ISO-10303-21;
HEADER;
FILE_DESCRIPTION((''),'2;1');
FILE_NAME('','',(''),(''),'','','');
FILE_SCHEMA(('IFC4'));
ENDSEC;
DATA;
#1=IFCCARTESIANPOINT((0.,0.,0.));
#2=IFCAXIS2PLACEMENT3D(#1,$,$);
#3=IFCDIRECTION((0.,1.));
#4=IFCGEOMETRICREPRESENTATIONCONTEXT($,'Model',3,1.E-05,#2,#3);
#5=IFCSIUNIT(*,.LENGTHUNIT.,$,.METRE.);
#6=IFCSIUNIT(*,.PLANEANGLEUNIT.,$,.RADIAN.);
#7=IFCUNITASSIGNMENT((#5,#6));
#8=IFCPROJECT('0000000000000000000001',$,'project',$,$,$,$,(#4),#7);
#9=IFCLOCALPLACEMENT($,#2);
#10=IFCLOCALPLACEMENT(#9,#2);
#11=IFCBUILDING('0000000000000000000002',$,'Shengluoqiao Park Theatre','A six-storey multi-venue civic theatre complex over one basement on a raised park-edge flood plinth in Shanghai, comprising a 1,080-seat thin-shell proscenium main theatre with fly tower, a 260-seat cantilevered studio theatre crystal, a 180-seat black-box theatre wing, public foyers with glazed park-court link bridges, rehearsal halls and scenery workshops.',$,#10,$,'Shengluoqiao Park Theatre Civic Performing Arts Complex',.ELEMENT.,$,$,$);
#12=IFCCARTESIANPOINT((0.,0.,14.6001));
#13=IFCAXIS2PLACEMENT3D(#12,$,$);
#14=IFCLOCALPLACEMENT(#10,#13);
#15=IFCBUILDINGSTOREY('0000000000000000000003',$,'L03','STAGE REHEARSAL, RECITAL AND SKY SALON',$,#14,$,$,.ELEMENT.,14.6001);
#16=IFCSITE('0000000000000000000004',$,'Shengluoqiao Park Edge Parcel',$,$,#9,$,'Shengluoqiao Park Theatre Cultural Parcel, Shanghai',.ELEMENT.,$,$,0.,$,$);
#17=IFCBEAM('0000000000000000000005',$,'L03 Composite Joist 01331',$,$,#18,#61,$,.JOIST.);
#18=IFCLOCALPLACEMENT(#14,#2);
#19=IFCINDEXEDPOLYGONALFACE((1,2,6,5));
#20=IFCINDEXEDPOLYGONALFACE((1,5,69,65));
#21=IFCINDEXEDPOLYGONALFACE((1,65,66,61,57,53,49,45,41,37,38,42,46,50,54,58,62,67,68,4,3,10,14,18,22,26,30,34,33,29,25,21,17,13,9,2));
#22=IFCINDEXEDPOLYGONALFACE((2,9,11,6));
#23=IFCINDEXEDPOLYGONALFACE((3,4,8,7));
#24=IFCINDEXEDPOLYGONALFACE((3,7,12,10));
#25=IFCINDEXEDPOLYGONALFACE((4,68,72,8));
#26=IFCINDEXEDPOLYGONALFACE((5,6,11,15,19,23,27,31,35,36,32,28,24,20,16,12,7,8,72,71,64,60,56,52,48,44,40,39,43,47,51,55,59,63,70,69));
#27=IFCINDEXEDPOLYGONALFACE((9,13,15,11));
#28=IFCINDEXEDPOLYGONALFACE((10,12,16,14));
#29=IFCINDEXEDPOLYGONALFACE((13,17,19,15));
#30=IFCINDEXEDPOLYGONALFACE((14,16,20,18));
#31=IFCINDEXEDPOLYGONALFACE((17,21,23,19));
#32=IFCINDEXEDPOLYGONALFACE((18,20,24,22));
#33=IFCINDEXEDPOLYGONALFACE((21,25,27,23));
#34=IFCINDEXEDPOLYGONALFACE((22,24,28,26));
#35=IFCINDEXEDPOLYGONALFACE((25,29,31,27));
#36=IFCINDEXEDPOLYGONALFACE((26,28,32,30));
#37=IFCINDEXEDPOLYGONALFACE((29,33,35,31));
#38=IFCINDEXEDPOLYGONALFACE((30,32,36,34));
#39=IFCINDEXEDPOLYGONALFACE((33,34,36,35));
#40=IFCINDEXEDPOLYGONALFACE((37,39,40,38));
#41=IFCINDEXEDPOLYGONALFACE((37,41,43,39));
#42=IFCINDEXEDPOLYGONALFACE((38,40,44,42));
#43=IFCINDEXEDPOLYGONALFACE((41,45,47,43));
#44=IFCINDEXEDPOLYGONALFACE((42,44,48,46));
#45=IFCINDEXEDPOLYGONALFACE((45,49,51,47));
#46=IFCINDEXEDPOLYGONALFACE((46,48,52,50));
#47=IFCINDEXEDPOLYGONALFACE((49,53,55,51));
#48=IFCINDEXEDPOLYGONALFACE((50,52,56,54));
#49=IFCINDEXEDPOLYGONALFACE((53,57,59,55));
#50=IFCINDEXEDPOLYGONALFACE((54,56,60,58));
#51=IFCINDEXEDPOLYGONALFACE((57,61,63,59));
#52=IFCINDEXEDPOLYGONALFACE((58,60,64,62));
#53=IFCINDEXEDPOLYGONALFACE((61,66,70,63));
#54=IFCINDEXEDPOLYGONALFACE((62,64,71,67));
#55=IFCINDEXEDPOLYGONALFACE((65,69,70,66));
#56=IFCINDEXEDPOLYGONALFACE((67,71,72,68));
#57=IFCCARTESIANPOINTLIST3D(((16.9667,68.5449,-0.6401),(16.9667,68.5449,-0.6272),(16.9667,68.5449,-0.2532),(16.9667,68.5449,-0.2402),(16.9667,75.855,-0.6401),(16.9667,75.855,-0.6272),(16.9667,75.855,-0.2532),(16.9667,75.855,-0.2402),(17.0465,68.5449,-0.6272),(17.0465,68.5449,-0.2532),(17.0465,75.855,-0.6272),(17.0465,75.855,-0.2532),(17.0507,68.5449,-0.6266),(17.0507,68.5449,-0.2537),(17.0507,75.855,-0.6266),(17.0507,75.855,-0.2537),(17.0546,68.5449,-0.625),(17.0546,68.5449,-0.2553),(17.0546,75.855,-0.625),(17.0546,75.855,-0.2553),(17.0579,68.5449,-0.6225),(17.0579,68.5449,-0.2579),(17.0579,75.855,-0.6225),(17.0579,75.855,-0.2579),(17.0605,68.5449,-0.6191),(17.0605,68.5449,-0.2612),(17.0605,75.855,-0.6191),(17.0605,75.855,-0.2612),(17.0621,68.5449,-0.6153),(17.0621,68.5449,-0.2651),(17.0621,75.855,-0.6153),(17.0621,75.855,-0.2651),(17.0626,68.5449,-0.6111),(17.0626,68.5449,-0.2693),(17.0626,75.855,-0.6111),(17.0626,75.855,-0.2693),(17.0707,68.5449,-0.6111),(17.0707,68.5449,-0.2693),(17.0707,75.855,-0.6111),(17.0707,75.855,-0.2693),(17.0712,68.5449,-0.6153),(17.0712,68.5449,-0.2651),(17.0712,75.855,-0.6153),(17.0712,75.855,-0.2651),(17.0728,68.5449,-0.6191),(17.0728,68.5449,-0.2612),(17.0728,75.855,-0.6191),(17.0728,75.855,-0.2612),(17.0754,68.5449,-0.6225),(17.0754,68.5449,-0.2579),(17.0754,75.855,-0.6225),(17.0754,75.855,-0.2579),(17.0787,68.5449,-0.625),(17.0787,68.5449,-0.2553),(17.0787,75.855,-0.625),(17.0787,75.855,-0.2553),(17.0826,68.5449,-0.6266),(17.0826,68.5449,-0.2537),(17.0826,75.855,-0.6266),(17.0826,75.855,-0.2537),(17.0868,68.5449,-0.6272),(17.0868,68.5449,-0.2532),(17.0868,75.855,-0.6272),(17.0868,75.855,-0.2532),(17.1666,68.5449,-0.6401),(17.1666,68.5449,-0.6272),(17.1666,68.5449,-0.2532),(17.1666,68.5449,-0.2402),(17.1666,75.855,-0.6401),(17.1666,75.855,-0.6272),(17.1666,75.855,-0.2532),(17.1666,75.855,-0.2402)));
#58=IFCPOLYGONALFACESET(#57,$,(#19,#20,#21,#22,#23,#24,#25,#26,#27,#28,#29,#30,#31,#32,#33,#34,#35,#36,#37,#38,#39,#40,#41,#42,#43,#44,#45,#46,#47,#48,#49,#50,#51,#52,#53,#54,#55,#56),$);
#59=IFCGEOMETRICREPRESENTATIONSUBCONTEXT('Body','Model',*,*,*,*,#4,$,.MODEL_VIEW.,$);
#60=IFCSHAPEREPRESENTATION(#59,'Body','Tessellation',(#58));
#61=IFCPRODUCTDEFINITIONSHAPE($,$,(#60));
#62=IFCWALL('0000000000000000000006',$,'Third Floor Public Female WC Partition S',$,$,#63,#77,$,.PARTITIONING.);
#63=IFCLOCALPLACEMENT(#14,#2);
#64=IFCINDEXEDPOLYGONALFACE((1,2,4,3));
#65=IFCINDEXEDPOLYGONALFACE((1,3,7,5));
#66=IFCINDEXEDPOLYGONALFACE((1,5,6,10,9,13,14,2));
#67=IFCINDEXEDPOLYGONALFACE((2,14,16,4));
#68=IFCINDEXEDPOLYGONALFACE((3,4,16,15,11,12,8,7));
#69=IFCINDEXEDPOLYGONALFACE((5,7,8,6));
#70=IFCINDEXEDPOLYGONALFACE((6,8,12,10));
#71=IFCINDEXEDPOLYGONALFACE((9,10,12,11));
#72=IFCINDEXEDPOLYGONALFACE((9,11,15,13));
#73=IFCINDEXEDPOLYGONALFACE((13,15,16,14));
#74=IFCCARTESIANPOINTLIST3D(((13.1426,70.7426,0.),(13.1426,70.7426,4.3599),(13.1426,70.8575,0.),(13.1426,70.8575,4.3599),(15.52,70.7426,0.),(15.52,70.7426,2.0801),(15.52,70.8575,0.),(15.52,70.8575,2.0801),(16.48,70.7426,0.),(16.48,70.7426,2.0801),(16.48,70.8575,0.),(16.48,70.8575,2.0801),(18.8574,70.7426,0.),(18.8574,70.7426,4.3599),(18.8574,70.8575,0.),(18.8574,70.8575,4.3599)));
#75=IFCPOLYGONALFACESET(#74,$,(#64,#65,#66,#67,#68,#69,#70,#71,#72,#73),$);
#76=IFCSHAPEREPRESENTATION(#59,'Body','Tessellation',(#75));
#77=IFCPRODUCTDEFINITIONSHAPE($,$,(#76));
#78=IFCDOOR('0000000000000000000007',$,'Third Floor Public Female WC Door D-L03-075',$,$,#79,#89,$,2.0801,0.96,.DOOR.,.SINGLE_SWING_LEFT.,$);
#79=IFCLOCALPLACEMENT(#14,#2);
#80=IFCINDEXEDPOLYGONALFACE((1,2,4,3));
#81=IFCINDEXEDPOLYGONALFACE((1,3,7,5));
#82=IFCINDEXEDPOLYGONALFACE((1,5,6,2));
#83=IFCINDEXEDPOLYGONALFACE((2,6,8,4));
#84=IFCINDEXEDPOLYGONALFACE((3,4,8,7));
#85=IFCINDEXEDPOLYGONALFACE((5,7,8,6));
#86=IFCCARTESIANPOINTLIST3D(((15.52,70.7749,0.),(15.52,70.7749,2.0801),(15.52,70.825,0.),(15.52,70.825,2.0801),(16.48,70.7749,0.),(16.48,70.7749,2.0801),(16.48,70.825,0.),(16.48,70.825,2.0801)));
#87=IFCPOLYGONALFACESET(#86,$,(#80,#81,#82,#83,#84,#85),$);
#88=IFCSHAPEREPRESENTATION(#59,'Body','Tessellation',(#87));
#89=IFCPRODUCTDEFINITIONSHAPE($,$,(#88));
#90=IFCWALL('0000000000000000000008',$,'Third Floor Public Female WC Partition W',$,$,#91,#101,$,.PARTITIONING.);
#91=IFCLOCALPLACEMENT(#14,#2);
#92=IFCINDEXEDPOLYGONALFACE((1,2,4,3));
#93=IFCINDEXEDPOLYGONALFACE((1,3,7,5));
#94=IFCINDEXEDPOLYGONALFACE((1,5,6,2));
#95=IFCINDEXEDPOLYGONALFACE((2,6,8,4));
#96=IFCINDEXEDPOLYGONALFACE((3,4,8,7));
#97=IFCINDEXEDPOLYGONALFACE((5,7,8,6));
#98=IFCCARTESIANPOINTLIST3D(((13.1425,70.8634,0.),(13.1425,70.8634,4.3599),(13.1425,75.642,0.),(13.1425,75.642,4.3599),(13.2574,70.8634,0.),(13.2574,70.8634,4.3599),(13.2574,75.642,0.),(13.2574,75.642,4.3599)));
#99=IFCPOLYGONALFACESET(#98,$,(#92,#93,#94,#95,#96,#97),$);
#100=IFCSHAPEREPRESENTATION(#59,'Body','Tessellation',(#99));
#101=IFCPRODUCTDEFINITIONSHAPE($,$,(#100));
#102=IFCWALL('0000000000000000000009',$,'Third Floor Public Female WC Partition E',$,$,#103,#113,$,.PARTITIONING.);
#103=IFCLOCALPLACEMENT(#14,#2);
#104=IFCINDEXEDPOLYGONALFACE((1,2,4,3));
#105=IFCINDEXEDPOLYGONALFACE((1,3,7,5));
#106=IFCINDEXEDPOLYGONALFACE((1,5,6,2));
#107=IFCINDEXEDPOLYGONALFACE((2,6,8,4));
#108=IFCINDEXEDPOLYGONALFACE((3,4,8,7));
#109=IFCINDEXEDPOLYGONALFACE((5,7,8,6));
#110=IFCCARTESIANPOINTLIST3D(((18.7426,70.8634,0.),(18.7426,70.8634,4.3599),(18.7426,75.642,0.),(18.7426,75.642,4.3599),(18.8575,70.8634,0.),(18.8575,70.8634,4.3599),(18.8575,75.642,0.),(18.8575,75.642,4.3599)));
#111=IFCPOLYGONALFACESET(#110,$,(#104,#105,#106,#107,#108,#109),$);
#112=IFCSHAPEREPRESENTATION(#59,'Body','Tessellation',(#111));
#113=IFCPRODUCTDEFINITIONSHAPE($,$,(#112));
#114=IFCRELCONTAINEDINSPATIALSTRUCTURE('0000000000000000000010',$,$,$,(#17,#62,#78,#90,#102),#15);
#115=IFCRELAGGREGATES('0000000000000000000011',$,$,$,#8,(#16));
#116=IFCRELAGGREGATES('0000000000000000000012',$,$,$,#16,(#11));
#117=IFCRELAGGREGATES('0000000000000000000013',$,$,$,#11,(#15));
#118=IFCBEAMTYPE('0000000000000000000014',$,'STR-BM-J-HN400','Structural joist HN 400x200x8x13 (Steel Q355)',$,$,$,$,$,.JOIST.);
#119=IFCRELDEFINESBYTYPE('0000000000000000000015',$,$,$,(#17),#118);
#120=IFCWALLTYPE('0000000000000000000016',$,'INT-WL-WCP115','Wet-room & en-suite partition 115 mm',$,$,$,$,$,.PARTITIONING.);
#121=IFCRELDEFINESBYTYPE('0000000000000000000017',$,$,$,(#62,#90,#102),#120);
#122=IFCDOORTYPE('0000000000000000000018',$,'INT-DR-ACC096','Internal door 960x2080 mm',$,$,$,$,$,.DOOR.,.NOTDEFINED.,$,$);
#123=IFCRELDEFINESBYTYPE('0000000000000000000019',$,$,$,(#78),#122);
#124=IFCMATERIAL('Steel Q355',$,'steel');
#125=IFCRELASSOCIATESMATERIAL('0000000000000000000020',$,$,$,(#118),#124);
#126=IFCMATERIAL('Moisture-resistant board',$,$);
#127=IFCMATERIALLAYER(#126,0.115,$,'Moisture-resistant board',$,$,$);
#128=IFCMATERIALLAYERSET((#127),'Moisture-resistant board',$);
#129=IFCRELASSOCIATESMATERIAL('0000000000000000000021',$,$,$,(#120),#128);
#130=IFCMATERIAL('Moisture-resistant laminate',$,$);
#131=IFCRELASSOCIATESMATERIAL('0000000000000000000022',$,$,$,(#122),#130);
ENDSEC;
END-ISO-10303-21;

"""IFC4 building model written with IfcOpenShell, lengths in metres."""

from ifc_helpers import new_model, si_unit, direction, frame, frame_2d, origin, origin_2d, place, context, subcontext, project, spatial, rectangle, i_section, extrude, material, layer, layer_set, material_profile, profile_set, type_object, element, fill, save


model = new_model("IFC4")

# Units and contexts
model_context = context("Model", 3, precision=1e-05, world=origin(), true_north=direction((0.0, 1.0)))
body_context = subcontext(model_context, "Body", "Model", "MODEL_VIEW")
ifc_project = project(units=[si_unit("LENGTHUNIT", "METRE"), si_unit("PLANEANGLEUNIT", "RADIAN")], contexts=[model_context])

# Site, building, storey
site_placement = place(None, origin())
site = spatial("IfcSite", under=ifc_project, at=site_placement, Name="Shengluoqiao Park Edge Parcel", LongName="Shengluoqiao Park Theatre Cultural Parcel, Shanghai", CompositionType="ELEMENT", RefElevation=0.0)
building_placement = place(site_placement, origin())
building = spatial("IfcBuilding", under=site, at=building_placement, Name="Shengluoqiao Park Theatre", Description="A six-storey multi-venue civic theatre complex over one basement on a raised park-edge flood plinth in Shanghai, comprising a 1,080-seat thin-shell proscenium main theatre with fly tower, a 260-seat cantilevered studio theatre crystal, a 180-seat black-box theatre wing, public foyers with glazed park-court link bridges, rehearsal halls and scenery workshops.", LongName="Shengluoqiao Park Theatre Civic Performing Arts Complex", CompositionType="ELEMENT")
storey_placement = place(building_placement, frame((0.0, 0.0, 14.6001)))
storey = spatial("IfcBuildingStorey", under=building, at=storey_placement, Name="L03", Description="STAGE REHEARSAL, RECITAL AND SKY SALON", CompositionType="ELEMENT", Elevation=14.6001)

# Beam
ifc_material_1 = material(Name="Steel Q355", Category="steel")
ifc_material_profile_1 = material_profile(ifc_material_1, i_section(OverallWidth=0.2, OverallDepth=0.3999, WebThickness=0.0081, FlangeThickness=0.0129, FilletRadius=0.0161, at=origin_2d()), Name="HN 400x200x8x13")
ifc_profile_set_1 = profile_set([ifc_material_profile_1], Name="Steel Q355")
beam_type_1 = type_object("IfcBeamType", Name="STR-BM-J-HN400", Description="Structural joist HN 400x200x8x13 (Steel Q355)", PredefinedType="JOIST", material=ifc_profile_set_1)
for number, where, z_axis, x_axis, name in (
    (1, (17.0667, 68.5449, -0.4402), (0.0, 1.0, 0.0), (-1.0, 0.0, 0.0), "L03 Composite Joist 01331"),
):
    element("IfcBeam", number, at=place(storey_placement, frame(where, z_axis=z_axis, x_axis=x_axis)), inside=storey, type_object=beam_type_1, Name=name, PredefinedType="JOIST", context=body_context, shape_type="SweptSolid", body=[
        extrude(i_section(OverallWidth=0.2, OverallDepth=0.3999, WebThickness=0.0081, FlangeThickness=0.0129, FilletRadius=0.0161, at=origin_2d()), origin(), (0.0, 0.0, 1.0), 7.3101),
    ])

# Wall, opening, door
ifc_material_2 = material(Name="Moisture-resistant board")
ifc_layer = layer(ifc_material_2, 0.115, Name="Moisture-resistant board")
ifc_layer_set = layer_set([ifc_layer], Name="Moisture-resistant board")
wall_type = type_object("IfcWallType", Name="INT-WL-WCP115", Description="Wet-room & en-suite partition 115 mm", PredefinedType="PARTITIONING", material=ifc_layer_set)
wall_placement = place(storey_placement, frame((13.1426, 70.8, 0.0), z_axis=(0.0, 0.0, 1.0), x_axis=(1.0, 0.0, 0.0)))
wall = element("IfcWall", 2, at=wall_placement, inside=storey, type_object=wall_type, Name="Third Floor Public Female WC Partition S", PredefinedType="PARTITIONING", context=body_context, shape_type="SweptSolid", body=[
    extrude(rectangle(XDim=5.7148, YDim=0.115, at=frame_2d((2.8574, 0.0))), origin(), (0.0, 0.0, 1.0), 4.3599),
])
opening_placement = place(wall_placement, frame((2.3774, 0.0, 0.0)))
opening = element("IfcOpeningElement", 3, at=opening_placement, cuts=wall, PredefinedType="OPENING", context=body_context, shape_type="SweptSolid", body=[
    extrude(rectangle(XDim=0.96, YDim=2.0801, at=frame_2d((0.48, 1.04))), frame((0.0, 0.0674, 0.0), z_axis=(0.0, -1.0, 0.0), x_axis=(1.0, 0.0, 0.0)), (0.0, 0.0, 1.0), 0.135),
])
ifc_material_3 = material(Name="Moisture-resistant laminate")
door_type = type_object("IfcDoorType", Name="INT-DR-ACC096", Description="Internal door 960x2080 mm", OperationType="NOTDEFINED", PredefinedType="DOOR", material=ifc_material_3)
door_placement = place(opening_placement, origin())
door = element("IfcDoor", 4, at=door_placement, inside=storey, type_object=door_type, Name="Third Floor Public Female WC Door D-L03-075", OperationType="SINGLE_SWING_LEFT", OverallHeight=2.0801, OverallWidth=0.96, PredefinedType="DOOR", context=body_context, shape_type="SweptSolid", body=[
    extrude(rectangle(XDim=0.96, YDim=2.0801, at=frame_2d((0.48, 1.04))), frame((0.0, 0.0249, 0.0), z_axis=(0.0, -1.0, 0.0), x_axis=(1.0, 0.0, 0.0)), (0.0, 0.0, 1.0), 0.05),
])
fill(opening, door)

# Walls
for number, where, z_axis, x_axis, name in (
    (5, (13.2, 70.8635, 0.0), (0.0, 0.0, 1.0), (0.0, 1.0, 0.0), "Third Floor Public Female WC Partition W"),
    (6, (18.8, 70.8635, 0.0), (0.0, 0.0, 1.0), (0.0, 1.0, 0.0), "Third Floor Public Female WC Partition E"),
):
    element("IfcWall", number, at=place(storey_placement, frame(where, z_axis=z_axis, x_axis=x_axis)), inside=storey, type_object=wall_type, Name=name, PredefinedType="PARTITIONING", context=body_context, shape_type="SweptSolid", body=[
        extrude(rectangle(XDim=4.7786, YDim=0.115, at=frame_2d((2.3892, 0.0))), origin(), (0.0, 0.0, 1.0), 4.3599),
    ])

save(model, "model.ifc")
